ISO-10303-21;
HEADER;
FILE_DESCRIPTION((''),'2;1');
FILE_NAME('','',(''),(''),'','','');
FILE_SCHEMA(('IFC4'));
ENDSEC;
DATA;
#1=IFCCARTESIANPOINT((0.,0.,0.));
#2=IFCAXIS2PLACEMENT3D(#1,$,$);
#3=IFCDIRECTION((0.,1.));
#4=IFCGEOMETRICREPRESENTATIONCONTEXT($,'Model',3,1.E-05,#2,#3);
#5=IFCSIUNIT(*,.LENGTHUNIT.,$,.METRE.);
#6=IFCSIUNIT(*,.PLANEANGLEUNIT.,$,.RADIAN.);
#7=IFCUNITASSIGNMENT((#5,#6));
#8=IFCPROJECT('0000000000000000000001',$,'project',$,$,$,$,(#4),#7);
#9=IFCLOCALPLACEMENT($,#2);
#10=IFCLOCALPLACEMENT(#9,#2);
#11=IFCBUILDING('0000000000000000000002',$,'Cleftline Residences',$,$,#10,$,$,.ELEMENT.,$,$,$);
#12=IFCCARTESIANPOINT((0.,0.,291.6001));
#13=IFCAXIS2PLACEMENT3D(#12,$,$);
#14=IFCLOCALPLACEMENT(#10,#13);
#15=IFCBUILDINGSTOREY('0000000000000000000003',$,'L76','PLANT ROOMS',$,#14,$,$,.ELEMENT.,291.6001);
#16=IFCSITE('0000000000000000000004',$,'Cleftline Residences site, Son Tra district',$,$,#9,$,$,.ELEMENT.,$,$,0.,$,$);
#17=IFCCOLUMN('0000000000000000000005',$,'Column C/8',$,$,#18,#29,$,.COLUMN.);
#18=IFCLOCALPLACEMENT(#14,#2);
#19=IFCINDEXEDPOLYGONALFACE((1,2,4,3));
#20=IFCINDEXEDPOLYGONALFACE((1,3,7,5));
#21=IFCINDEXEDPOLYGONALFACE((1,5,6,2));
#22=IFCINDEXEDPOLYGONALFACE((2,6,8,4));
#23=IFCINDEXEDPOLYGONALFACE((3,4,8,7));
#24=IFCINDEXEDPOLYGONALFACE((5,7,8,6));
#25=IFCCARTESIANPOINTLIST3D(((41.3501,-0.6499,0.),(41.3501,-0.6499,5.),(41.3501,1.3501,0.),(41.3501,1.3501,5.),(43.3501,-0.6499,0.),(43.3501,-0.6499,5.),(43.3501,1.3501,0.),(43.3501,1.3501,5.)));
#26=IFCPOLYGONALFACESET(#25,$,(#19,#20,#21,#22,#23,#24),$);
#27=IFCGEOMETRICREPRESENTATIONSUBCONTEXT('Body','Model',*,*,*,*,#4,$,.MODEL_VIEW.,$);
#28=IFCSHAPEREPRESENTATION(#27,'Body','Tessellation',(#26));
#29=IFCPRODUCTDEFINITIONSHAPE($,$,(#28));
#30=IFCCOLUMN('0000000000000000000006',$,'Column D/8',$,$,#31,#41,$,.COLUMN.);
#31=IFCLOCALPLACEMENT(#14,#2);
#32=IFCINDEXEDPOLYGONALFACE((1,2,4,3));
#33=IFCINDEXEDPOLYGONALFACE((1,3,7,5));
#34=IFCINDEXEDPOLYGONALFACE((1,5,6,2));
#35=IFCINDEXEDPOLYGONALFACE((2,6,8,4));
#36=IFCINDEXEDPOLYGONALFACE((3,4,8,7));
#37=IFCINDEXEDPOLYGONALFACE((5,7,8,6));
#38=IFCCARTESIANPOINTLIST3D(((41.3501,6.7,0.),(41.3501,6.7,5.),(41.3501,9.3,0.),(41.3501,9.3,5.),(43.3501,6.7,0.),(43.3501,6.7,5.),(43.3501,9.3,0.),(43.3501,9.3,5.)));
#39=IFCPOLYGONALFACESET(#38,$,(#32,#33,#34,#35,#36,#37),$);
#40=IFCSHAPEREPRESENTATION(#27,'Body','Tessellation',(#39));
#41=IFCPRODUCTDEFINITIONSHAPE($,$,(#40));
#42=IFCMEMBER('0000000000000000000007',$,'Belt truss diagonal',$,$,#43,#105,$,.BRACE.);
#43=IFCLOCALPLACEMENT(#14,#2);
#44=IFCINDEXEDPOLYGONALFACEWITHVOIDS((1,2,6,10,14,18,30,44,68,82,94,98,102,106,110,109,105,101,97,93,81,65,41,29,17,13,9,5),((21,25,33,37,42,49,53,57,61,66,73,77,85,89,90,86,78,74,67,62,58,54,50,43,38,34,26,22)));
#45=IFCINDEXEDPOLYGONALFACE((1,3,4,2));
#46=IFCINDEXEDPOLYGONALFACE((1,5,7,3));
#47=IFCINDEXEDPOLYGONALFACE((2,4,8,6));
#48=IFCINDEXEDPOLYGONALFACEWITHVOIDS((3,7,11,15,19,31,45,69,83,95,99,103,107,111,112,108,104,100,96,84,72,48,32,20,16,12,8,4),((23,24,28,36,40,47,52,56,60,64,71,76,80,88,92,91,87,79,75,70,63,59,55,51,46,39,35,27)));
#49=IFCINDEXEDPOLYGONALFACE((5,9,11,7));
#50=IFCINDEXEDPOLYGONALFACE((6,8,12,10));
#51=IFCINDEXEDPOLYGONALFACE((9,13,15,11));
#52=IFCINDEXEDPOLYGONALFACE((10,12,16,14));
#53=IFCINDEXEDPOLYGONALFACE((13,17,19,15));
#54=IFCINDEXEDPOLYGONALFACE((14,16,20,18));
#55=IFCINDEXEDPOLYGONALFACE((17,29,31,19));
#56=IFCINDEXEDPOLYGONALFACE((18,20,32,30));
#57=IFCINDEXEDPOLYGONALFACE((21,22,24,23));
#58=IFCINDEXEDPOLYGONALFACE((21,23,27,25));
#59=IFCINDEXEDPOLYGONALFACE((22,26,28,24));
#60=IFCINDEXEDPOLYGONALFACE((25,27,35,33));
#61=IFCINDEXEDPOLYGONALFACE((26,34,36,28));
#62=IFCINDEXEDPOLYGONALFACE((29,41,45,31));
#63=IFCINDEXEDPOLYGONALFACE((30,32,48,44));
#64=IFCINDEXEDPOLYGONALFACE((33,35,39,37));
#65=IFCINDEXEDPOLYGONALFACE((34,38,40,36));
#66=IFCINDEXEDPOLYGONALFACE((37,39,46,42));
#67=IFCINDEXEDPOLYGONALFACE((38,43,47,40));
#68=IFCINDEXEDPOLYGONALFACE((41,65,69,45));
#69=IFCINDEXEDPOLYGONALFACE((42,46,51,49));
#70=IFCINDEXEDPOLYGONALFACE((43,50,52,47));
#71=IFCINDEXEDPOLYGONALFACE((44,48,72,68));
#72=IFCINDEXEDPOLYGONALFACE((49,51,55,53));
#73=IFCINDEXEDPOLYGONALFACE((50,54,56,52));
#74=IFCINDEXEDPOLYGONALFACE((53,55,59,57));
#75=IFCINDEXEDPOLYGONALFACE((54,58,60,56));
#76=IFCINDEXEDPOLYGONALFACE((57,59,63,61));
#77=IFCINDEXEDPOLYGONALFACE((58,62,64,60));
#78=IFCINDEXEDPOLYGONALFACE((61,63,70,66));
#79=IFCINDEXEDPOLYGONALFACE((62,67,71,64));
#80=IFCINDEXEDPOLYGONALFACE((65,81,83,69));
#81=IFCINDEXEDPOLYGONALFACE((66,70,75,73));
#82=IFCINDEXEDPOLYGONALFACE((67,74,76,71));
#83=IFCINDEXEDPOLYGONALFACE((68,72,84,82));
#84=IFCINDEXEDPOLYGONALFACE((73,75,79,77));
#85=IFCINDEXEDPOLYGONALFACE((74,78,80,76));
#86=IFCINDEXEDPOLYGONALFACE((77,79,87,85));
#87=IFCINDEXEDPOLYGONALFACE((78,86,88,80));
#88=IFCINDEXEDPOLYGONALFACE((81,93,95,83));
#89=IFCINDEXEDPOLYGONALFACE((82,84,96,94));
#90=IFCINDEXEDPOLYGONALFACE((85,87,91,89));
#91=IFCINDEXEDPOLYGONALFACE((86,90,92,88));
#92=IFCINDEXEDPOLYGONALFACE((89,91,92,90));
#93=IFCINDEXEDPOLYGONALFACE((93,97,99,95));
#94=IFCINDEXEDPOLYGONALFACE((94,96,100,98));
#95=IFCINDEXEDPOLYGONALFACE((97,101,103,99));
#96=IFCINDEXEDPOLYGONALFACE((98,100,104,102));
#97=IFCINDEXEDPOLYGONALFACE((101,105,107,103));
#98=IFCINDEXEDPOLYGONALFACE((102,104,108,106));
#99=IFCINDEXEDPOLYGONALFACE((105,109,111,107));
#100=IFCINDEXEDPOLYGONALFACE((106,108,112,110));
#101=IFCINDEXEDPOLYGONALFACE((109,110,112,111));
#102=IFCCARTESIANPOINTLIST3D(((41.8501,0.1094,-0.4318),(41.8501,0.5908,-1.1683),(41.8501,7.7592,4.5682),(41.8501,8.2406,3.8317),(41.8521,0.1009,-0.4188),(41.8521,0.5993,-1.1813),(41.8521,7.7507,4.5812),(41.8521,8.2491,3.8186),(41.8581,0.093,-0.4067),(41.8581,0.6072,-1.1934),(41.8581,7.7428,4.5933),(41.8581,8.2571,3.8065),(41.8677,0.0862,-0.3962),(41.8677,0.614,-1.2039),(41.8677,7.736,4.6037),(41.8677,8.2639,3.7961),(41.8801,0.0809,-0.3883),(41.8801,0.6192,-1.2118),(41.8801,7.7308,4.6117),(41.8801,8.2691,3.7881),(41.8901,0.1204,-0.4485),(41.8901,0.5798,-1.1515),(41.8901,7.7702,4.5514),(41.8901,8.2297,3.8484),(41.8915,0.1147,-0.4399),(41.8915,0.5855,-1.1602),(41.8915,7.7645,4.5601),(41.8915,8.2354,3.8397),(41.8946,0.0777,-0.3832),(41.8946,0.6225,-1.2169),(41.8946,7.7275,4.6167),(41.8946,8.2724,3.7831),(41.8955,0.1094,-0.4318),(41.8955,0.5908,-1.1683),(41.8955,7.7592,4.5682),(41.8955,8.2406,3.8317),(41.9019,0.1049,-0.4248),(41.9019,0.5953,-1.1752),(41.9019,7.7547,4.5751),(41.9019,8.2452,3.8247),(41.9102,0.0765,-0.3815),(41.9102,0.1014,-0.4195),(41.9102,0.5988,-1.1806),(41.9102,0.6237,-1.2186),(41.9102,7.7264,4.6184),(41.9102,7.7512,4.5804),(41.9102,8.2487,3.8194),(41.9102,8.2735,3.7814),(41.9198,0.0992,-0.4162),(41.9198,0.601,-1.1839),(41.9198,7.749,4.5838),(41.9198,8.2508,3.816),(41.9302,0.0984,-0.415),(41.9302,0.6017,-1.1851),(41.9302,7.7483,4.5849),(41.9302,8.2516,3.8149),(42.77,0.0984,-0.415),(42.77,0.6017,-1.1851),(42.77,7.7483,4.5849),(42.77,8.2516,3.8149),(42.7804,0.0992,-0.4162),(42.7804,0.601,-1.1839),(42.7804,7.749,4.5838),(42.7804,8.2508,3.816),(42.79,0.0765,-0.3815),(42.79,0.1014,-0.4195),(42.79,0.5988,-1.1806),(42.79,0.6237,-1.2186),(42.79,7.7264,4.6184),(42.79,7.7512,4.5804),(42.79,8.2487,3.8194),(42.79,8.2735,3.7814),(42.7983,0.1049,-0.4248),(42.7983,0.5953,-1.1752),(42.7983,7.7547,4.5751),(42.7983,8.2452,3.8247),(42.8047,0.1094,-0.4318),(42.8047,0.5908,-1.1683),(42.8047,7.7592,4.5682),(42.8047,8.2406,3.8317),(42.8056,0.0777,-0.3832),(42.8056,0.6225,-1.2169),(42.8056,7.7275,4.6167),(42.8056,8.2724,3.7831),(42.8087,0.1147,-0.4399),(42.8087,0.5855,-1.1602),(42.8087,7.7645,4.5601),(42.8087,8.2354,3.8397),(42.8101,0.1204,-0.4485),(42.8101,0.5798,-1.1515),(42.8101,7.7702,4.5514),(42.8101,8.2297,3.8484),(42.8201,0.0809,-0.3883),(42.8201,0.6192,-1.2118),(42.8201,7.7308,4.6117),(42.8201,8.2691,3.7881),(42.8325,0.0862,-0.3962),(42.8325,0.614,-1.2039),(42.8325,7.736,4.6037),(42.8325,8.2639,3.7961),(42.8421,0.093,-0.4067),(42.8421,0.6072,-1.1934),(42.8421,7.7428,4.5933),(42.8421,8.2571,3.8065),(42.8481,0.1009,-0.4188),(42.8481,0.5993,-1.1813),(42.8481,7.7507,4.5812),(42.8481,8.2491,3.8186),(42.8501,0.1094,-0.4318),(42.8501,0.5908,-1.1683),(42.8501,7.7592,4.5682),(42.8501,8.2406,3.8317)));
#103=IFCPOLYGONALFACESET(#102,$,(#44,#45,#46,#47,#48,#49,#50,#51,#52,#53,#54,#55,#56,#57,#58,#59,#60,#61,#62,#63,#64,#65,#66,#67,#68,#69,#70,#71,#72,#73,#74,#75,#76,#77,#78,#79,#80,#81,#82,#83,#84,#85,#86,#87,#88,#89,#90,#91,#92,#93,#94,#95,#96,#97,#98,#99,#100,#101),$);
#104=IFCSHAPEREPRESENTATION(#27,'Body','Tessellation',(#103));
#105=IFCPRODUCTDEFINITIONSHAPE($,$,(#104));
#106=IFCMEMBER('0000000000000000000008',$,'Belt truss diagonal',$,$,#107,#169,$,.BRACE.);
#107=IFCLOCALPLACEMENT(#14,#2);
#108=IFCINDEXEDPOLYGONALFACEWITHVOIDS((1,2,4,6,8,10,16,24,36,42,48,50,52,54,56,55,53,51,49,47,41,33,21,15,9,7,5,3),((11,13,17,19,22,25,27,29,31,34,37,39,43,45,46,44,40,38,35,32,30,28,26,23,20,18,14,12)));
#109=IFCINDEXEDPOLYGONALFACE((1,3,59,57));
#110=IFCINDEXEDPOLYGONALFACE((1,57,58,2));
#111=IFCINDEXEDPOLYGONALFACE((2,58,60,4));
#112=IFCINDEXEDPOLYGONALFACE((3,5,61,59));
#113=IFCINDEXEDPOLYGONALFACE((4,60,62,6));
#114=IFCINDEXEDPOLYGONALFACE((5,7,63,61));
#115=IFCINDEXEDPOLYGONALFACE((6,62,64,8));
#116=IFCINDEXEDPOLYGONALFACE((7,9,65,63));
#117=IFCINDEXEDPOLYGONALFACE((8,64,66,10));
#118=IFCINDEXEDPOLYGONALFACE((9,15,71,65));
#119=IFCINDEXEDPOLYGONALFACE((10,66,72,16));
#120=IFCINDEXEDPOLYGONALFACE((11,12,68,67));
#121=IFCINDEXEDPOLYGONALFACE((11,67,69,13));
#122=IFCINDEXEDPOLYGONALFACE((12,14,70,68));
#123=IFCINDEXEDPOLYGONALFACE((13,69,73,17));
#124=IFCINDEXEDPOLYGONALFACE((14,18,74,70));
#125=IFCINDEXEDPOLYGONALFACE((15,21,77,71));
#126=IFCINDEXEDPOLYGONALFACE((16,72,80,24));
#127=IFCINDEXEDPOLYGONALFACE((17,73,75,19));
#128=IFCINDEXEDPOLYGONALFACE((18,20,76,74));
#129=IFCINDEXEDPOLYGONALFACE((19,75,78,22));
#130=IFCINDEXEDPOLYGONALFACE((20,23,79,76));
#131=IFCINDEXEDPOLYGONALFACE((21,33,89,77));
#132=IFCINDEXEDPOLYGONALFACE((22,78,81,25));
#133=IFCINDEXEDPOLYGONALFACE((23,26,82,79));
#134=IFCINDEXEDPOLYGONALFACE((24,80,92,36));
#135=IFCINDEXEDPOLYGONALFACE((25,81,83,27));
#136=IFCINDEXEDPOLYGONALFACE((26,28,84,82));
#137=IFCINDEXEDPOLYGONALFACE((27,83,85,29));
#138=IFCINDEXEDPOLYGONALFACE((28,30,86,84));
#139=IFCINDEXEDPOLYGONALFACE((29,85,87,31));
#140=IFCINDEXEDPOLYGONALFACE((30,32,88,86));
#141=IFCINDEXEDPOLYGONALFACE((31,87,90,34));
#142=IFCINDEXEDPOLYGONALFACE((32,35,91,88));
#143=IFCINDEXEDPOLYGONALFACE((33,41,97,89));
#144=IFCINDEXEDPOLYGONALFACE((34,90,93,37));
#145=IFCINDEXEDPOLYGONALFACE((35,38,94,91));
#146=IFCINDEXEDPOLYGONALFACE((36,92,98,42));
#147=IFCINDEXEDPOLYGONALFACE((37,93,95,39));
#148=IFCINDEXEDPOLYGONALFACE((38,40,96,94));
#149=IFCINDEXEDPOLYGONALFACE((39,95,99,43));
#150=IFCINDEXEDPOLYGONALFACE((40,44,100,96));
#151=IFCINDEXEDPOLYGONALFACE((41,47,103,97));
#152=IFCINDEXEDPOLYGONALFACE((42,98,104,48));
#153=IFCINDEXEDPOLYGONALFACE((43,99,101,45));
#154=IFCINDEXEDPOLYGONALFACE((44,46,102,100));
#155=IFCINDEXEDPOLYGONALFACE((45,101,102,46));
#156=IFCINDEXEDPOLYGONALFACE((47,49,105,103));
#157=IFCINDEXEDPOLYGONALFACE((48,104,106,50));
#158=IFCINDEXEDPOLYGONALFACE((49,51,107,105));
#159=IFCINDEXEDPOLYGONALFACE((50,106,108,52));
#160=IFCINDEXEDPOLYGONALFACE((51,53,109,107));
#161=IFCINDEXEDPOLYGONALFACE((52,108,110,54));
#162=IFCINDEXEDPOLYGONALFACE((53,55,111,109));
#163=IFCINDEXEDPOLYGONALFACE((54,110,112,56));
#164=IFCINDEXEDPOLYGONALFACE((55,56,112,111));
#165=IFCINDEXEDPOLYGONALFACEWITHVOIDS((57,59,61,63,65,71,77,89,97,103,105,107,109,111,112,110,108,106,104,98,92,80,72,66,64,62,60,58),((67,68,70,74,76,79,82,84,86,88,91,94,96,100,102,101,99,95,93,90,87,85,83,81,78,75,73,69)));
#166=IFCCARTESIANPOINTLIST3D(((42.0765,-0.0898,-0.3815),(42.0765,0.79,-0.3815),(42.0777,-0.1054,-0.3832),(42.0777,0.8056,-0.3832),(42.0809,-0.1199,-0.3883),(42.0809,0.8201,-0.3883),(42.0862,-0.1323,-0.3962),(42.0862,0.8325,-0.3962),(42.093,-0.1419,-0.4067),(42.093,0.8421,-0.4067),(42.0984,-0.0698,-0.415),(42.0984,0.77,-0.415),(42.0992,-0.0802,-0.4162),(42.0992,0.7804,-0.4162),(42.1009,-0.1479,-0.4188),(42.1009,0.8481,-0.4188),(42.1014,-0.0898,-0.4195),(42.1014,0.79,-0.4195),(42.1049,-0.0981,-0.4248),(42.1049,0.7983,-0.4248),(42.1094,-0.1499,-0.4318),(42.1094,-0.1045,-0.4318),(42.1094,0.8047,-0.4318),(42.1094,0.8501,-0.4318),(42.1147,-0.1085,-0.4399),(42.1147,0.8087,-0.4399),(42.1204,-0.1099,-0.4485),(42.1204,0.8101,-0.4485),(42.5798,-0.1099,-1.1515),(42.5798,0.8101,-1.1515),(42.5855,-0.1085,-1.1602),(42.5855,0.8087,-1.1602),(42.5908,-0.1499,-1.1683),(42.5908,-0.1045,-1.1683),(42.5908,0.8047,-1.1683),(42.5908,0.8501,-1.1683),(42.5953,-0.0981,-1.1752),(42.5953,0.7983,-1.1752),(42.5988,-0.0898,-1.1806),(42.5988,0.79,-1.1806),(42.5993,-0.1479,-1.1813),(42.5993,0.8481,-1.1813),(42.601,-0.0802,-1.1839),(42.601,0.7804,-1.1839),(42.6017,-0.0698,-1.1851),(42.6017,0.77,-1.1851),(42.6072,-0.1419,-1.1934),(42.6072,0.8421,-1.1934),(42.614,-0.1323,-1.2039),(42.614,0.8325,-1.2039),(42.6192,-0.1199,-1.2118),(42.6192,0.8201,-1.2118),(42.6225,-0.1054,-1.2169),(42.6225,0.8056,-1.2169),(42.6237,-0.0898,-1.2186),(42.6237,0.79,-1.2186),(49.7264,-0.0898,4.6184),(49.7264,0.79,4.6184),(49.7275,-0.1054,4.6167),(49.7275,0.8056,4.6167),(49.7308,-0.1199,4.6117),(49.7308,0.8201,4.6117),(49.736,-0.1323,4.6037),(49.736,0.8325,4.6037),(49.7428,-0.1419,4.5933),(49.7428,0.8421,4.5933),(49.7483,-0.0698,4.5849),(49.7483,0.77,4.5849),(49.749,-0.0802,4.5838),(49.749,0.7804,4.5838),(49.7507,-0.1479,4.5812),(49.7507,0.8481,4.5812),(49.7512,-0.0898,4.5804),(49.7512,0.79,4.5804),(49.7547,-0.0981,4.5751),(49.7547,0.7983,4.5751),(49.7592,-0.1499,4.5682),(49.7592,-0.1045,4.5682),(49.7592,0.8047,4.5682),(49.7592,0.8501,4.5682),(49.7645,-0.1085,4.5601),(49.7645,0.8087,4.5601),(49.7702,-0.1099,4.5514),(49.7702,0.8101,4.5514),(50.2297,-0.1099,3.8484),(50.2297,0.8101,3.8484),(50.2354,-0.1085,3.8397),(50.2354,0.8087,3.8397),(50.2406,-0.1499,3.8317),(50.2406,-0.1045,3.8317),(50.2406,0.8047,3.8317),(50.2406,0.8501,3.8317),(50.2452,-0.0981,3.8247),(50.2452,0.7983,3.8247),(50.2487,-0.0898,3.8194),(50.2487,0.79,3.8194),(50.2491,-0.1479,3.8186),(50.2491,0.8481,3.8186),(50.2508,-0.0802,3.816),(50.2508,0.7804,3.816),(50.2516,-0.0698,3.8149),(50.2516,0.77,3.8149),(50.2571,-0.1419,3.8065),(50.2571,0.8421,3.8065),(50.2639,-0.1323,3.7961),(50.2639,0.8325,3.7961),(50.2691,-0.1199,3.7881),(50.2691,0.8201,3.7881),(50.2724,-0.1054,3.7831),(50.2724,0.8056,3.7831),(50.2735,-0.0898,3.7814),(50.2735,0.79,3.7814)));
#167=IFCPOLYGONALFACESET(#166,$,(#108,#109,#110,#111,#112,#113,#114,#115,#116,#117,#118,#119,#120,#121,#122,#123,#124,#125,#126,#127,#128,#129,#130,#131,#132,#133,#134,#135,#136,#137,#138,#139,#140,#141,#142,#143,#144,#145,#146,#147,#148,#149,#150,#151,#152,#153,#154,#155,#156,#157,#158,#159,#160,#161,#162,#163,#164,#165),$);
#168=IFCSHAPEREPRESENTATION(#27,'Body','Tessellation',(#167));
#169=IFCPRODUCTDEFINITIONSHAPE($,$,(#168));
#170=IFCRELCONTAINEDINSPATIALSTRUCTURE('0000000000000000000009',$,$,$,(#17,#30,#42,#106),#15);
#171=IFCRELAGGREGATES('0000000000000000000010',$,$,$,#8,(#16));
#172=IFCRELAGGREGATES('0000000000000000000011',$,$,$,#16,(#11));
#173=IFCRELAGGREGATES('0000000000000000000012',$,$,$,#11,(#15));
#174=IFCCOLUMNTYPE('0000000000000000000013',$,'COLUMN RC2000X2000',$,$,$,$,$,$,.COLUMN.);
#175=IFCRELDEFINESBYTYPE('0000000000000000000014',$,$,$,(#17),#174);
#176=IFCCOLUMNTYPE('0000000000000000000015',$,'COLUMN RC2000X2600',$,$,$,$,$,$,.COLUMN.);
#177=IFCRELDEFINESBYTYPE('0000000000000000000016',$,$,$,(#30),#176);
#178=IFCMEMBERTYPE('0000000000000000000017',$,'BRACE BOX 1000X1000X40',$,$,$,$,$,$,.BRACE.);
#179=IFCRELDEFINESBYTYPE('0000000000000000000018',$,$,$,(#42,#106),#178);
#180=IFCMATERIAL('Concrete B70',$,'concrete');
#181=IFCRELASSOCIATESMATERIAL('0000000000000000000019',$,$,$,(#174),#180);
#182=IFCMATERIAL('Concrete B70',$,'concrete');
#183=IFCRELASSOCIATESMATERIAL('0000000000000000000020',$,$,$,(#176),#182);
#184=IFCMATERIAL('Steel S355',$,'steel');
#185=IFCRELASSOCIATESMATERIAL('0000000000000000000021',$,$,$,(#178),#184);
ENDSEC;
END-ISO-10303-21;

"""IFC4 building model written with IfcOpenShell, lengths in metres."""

from ifc_helpers import new_model, si_unit, direction, frame, origin, origin_2d, place, context, subcontext, project, spatial, rectangle, hollow_rectangle, extrude, material, material_profile, profile_set, type_object, element, save


model = new_model("IFC4")

# Units and contexts
model_context = context("Model", 3, precision=1e-05, world=origin(), true_north=direction((0.0, 1.0)))
body_context = subcontext(model_context, "Body", "Model", "MODEL_VIEW")
ifc_project = project(units=[si_unit("LENGTHUNIT", "METRE"), si_unit("PLANEANGLEUNIT", "RADIAN")], contexts=[model_context])

# Site, building, storey
site_placement = place(None, origin())
site = spatial("IfcSite", under=ifc_project, at=site_placement, Name="Cleftline Residences site, Son Tra district", CompositionType="ELEMENT", RefElevation=0.0)
building_placement = place(site_placement, origin())
building = spatial("IfcBuilding", under=site, at=building_placement, Name="Cleftline Residences", CompositionType="ELEMENT")
storey_placement = place(building_placement, frame((0.0, 0.0, 291.6001)))
storey = spatial("IfcBuildingStorey", under=building, at=storey_placement, Name="L76", Description="PLANT ROOMS", CompositionType="ELEMENT", Elevation=291.6001)

# Columns
ifc_material_1 = material(Name="Concrete B70", Category="concrete")
ifc_material_profile_1 = material_profile(ifc_material_1, rectangle(XDim=2.0, YDim=2.0, at=origin_2d()))
ifc_profile_set_1 = profile_set([ifc_material_profile_1], Name="Concrete B70")
column_type_1 = type_object("IfcColumnType", Name="COLUMN RC2000X2000", PredefinedType="COLUMN", material=ifc_profile_set_1)
column_1_placement = place(storey_placement, frame((42.3501, 0.3501, 0.0), z_axis=(0.0, 0.0, 1.0), x_axis=(1.0, 0.0, 0.0)))
element("IfcColumn", 1, at=column_1_placement, inside=storey, type_object=column_type_1, Name="Column C/8", PredefinedType="COLUMN", context=body_context, shape_type="SweptSolid", body=[
    extrude(rectangle(XDim=2.0, YDim=2.0, at=origin_2d()), origin(), (0.0, 0.0, 1.0), 5.0),
])
ifc_material_2 = material(Name="Concrete B70", Category="concrete")
ifc_material_profile_2 = material_profile(ifc_material_2, rectangle(XDim=2.0, YDim=2.6001, at=origin_2d()))
ifc_profile_set_2 = profile_set([ifc_material_profile_2], Name="Concrete B70")
column_type_2 = type_object("IfcColumnType", Name="COLUMN RC2000X2600", PredefinedType="COLUMN", material=ifc_profile_set_2)
column_2_placement = place(storey_placement, frame((42.3501, 8.0, 0.0), z_axis=(0.0, 0.0, 1.0), x_axis=(1.0, 0.0, 0.0)))
element("IfcColumn", 2, at=column_2_placement, inside=storey, type_object=column_type_2, Name="Column D/8", PredefinedType="COLUMN", context=body_context, shape_type="SweptSolid", body=[
    extrude(rectangle(XDim=2.0, YDim=2.6001, at=origin_2d()), origin(), (0.0, 0.0, 1.0), 5.0),
])

# Members
ifc_material_3 = material(Name="Steel S355", Category="steel")
ifc_material_profile_3 = material_profile(ifc_material_3, hollow_rectangle(XDim=1.0, YDim=1.0, WallThickness=0.04, InnerFilletRadius=0.04, OuterFilletRadius=0.0601, at=origin_2d()))
ifc_profile_set_3 = profile_set([ifc_material_profile_3], Name="Steel S355")
member_type_1 = type_object("IfcMemberType", Name="BRACE BOX 1000X1000X40", PredefinedType="BRACE", material=ifc_profile_set_3)
for number, where, z_axis, x_axis, name in (
    (3, (42.3501, 0.3501, -0.8), (0.0, 0.837063, 0.547107), (0.0, -0.547107, 0.837063), "Belt truss diagonal"),
    (4, (42.3501, 0.3501, -0.8), (0.837063, 0.0, 0.547107), (-0.547107, 0.0, 0.837063), "Belt truss diagonal"),
):
    element("IfcMember", number, at=place(storey_placement, frame(where, z_axis=z_axis, x_axis=x_axis)), inside=storey, type_object=member_type_1, Name=name, PredefinedType="BRACE", context=body_context, shape_type="SweptSolid", body=[
        extrude(hollow_rectangle(XDim=1.0, YDim=1.0, WallThickness=0.04, InnerFilletRadius=0.04, OuterFilletRadius=0.0601, at=origin_2d()), origin(), (0.0, 0.0, 1.0), 9.1389),
    ])

save(model, "model.ifc")
